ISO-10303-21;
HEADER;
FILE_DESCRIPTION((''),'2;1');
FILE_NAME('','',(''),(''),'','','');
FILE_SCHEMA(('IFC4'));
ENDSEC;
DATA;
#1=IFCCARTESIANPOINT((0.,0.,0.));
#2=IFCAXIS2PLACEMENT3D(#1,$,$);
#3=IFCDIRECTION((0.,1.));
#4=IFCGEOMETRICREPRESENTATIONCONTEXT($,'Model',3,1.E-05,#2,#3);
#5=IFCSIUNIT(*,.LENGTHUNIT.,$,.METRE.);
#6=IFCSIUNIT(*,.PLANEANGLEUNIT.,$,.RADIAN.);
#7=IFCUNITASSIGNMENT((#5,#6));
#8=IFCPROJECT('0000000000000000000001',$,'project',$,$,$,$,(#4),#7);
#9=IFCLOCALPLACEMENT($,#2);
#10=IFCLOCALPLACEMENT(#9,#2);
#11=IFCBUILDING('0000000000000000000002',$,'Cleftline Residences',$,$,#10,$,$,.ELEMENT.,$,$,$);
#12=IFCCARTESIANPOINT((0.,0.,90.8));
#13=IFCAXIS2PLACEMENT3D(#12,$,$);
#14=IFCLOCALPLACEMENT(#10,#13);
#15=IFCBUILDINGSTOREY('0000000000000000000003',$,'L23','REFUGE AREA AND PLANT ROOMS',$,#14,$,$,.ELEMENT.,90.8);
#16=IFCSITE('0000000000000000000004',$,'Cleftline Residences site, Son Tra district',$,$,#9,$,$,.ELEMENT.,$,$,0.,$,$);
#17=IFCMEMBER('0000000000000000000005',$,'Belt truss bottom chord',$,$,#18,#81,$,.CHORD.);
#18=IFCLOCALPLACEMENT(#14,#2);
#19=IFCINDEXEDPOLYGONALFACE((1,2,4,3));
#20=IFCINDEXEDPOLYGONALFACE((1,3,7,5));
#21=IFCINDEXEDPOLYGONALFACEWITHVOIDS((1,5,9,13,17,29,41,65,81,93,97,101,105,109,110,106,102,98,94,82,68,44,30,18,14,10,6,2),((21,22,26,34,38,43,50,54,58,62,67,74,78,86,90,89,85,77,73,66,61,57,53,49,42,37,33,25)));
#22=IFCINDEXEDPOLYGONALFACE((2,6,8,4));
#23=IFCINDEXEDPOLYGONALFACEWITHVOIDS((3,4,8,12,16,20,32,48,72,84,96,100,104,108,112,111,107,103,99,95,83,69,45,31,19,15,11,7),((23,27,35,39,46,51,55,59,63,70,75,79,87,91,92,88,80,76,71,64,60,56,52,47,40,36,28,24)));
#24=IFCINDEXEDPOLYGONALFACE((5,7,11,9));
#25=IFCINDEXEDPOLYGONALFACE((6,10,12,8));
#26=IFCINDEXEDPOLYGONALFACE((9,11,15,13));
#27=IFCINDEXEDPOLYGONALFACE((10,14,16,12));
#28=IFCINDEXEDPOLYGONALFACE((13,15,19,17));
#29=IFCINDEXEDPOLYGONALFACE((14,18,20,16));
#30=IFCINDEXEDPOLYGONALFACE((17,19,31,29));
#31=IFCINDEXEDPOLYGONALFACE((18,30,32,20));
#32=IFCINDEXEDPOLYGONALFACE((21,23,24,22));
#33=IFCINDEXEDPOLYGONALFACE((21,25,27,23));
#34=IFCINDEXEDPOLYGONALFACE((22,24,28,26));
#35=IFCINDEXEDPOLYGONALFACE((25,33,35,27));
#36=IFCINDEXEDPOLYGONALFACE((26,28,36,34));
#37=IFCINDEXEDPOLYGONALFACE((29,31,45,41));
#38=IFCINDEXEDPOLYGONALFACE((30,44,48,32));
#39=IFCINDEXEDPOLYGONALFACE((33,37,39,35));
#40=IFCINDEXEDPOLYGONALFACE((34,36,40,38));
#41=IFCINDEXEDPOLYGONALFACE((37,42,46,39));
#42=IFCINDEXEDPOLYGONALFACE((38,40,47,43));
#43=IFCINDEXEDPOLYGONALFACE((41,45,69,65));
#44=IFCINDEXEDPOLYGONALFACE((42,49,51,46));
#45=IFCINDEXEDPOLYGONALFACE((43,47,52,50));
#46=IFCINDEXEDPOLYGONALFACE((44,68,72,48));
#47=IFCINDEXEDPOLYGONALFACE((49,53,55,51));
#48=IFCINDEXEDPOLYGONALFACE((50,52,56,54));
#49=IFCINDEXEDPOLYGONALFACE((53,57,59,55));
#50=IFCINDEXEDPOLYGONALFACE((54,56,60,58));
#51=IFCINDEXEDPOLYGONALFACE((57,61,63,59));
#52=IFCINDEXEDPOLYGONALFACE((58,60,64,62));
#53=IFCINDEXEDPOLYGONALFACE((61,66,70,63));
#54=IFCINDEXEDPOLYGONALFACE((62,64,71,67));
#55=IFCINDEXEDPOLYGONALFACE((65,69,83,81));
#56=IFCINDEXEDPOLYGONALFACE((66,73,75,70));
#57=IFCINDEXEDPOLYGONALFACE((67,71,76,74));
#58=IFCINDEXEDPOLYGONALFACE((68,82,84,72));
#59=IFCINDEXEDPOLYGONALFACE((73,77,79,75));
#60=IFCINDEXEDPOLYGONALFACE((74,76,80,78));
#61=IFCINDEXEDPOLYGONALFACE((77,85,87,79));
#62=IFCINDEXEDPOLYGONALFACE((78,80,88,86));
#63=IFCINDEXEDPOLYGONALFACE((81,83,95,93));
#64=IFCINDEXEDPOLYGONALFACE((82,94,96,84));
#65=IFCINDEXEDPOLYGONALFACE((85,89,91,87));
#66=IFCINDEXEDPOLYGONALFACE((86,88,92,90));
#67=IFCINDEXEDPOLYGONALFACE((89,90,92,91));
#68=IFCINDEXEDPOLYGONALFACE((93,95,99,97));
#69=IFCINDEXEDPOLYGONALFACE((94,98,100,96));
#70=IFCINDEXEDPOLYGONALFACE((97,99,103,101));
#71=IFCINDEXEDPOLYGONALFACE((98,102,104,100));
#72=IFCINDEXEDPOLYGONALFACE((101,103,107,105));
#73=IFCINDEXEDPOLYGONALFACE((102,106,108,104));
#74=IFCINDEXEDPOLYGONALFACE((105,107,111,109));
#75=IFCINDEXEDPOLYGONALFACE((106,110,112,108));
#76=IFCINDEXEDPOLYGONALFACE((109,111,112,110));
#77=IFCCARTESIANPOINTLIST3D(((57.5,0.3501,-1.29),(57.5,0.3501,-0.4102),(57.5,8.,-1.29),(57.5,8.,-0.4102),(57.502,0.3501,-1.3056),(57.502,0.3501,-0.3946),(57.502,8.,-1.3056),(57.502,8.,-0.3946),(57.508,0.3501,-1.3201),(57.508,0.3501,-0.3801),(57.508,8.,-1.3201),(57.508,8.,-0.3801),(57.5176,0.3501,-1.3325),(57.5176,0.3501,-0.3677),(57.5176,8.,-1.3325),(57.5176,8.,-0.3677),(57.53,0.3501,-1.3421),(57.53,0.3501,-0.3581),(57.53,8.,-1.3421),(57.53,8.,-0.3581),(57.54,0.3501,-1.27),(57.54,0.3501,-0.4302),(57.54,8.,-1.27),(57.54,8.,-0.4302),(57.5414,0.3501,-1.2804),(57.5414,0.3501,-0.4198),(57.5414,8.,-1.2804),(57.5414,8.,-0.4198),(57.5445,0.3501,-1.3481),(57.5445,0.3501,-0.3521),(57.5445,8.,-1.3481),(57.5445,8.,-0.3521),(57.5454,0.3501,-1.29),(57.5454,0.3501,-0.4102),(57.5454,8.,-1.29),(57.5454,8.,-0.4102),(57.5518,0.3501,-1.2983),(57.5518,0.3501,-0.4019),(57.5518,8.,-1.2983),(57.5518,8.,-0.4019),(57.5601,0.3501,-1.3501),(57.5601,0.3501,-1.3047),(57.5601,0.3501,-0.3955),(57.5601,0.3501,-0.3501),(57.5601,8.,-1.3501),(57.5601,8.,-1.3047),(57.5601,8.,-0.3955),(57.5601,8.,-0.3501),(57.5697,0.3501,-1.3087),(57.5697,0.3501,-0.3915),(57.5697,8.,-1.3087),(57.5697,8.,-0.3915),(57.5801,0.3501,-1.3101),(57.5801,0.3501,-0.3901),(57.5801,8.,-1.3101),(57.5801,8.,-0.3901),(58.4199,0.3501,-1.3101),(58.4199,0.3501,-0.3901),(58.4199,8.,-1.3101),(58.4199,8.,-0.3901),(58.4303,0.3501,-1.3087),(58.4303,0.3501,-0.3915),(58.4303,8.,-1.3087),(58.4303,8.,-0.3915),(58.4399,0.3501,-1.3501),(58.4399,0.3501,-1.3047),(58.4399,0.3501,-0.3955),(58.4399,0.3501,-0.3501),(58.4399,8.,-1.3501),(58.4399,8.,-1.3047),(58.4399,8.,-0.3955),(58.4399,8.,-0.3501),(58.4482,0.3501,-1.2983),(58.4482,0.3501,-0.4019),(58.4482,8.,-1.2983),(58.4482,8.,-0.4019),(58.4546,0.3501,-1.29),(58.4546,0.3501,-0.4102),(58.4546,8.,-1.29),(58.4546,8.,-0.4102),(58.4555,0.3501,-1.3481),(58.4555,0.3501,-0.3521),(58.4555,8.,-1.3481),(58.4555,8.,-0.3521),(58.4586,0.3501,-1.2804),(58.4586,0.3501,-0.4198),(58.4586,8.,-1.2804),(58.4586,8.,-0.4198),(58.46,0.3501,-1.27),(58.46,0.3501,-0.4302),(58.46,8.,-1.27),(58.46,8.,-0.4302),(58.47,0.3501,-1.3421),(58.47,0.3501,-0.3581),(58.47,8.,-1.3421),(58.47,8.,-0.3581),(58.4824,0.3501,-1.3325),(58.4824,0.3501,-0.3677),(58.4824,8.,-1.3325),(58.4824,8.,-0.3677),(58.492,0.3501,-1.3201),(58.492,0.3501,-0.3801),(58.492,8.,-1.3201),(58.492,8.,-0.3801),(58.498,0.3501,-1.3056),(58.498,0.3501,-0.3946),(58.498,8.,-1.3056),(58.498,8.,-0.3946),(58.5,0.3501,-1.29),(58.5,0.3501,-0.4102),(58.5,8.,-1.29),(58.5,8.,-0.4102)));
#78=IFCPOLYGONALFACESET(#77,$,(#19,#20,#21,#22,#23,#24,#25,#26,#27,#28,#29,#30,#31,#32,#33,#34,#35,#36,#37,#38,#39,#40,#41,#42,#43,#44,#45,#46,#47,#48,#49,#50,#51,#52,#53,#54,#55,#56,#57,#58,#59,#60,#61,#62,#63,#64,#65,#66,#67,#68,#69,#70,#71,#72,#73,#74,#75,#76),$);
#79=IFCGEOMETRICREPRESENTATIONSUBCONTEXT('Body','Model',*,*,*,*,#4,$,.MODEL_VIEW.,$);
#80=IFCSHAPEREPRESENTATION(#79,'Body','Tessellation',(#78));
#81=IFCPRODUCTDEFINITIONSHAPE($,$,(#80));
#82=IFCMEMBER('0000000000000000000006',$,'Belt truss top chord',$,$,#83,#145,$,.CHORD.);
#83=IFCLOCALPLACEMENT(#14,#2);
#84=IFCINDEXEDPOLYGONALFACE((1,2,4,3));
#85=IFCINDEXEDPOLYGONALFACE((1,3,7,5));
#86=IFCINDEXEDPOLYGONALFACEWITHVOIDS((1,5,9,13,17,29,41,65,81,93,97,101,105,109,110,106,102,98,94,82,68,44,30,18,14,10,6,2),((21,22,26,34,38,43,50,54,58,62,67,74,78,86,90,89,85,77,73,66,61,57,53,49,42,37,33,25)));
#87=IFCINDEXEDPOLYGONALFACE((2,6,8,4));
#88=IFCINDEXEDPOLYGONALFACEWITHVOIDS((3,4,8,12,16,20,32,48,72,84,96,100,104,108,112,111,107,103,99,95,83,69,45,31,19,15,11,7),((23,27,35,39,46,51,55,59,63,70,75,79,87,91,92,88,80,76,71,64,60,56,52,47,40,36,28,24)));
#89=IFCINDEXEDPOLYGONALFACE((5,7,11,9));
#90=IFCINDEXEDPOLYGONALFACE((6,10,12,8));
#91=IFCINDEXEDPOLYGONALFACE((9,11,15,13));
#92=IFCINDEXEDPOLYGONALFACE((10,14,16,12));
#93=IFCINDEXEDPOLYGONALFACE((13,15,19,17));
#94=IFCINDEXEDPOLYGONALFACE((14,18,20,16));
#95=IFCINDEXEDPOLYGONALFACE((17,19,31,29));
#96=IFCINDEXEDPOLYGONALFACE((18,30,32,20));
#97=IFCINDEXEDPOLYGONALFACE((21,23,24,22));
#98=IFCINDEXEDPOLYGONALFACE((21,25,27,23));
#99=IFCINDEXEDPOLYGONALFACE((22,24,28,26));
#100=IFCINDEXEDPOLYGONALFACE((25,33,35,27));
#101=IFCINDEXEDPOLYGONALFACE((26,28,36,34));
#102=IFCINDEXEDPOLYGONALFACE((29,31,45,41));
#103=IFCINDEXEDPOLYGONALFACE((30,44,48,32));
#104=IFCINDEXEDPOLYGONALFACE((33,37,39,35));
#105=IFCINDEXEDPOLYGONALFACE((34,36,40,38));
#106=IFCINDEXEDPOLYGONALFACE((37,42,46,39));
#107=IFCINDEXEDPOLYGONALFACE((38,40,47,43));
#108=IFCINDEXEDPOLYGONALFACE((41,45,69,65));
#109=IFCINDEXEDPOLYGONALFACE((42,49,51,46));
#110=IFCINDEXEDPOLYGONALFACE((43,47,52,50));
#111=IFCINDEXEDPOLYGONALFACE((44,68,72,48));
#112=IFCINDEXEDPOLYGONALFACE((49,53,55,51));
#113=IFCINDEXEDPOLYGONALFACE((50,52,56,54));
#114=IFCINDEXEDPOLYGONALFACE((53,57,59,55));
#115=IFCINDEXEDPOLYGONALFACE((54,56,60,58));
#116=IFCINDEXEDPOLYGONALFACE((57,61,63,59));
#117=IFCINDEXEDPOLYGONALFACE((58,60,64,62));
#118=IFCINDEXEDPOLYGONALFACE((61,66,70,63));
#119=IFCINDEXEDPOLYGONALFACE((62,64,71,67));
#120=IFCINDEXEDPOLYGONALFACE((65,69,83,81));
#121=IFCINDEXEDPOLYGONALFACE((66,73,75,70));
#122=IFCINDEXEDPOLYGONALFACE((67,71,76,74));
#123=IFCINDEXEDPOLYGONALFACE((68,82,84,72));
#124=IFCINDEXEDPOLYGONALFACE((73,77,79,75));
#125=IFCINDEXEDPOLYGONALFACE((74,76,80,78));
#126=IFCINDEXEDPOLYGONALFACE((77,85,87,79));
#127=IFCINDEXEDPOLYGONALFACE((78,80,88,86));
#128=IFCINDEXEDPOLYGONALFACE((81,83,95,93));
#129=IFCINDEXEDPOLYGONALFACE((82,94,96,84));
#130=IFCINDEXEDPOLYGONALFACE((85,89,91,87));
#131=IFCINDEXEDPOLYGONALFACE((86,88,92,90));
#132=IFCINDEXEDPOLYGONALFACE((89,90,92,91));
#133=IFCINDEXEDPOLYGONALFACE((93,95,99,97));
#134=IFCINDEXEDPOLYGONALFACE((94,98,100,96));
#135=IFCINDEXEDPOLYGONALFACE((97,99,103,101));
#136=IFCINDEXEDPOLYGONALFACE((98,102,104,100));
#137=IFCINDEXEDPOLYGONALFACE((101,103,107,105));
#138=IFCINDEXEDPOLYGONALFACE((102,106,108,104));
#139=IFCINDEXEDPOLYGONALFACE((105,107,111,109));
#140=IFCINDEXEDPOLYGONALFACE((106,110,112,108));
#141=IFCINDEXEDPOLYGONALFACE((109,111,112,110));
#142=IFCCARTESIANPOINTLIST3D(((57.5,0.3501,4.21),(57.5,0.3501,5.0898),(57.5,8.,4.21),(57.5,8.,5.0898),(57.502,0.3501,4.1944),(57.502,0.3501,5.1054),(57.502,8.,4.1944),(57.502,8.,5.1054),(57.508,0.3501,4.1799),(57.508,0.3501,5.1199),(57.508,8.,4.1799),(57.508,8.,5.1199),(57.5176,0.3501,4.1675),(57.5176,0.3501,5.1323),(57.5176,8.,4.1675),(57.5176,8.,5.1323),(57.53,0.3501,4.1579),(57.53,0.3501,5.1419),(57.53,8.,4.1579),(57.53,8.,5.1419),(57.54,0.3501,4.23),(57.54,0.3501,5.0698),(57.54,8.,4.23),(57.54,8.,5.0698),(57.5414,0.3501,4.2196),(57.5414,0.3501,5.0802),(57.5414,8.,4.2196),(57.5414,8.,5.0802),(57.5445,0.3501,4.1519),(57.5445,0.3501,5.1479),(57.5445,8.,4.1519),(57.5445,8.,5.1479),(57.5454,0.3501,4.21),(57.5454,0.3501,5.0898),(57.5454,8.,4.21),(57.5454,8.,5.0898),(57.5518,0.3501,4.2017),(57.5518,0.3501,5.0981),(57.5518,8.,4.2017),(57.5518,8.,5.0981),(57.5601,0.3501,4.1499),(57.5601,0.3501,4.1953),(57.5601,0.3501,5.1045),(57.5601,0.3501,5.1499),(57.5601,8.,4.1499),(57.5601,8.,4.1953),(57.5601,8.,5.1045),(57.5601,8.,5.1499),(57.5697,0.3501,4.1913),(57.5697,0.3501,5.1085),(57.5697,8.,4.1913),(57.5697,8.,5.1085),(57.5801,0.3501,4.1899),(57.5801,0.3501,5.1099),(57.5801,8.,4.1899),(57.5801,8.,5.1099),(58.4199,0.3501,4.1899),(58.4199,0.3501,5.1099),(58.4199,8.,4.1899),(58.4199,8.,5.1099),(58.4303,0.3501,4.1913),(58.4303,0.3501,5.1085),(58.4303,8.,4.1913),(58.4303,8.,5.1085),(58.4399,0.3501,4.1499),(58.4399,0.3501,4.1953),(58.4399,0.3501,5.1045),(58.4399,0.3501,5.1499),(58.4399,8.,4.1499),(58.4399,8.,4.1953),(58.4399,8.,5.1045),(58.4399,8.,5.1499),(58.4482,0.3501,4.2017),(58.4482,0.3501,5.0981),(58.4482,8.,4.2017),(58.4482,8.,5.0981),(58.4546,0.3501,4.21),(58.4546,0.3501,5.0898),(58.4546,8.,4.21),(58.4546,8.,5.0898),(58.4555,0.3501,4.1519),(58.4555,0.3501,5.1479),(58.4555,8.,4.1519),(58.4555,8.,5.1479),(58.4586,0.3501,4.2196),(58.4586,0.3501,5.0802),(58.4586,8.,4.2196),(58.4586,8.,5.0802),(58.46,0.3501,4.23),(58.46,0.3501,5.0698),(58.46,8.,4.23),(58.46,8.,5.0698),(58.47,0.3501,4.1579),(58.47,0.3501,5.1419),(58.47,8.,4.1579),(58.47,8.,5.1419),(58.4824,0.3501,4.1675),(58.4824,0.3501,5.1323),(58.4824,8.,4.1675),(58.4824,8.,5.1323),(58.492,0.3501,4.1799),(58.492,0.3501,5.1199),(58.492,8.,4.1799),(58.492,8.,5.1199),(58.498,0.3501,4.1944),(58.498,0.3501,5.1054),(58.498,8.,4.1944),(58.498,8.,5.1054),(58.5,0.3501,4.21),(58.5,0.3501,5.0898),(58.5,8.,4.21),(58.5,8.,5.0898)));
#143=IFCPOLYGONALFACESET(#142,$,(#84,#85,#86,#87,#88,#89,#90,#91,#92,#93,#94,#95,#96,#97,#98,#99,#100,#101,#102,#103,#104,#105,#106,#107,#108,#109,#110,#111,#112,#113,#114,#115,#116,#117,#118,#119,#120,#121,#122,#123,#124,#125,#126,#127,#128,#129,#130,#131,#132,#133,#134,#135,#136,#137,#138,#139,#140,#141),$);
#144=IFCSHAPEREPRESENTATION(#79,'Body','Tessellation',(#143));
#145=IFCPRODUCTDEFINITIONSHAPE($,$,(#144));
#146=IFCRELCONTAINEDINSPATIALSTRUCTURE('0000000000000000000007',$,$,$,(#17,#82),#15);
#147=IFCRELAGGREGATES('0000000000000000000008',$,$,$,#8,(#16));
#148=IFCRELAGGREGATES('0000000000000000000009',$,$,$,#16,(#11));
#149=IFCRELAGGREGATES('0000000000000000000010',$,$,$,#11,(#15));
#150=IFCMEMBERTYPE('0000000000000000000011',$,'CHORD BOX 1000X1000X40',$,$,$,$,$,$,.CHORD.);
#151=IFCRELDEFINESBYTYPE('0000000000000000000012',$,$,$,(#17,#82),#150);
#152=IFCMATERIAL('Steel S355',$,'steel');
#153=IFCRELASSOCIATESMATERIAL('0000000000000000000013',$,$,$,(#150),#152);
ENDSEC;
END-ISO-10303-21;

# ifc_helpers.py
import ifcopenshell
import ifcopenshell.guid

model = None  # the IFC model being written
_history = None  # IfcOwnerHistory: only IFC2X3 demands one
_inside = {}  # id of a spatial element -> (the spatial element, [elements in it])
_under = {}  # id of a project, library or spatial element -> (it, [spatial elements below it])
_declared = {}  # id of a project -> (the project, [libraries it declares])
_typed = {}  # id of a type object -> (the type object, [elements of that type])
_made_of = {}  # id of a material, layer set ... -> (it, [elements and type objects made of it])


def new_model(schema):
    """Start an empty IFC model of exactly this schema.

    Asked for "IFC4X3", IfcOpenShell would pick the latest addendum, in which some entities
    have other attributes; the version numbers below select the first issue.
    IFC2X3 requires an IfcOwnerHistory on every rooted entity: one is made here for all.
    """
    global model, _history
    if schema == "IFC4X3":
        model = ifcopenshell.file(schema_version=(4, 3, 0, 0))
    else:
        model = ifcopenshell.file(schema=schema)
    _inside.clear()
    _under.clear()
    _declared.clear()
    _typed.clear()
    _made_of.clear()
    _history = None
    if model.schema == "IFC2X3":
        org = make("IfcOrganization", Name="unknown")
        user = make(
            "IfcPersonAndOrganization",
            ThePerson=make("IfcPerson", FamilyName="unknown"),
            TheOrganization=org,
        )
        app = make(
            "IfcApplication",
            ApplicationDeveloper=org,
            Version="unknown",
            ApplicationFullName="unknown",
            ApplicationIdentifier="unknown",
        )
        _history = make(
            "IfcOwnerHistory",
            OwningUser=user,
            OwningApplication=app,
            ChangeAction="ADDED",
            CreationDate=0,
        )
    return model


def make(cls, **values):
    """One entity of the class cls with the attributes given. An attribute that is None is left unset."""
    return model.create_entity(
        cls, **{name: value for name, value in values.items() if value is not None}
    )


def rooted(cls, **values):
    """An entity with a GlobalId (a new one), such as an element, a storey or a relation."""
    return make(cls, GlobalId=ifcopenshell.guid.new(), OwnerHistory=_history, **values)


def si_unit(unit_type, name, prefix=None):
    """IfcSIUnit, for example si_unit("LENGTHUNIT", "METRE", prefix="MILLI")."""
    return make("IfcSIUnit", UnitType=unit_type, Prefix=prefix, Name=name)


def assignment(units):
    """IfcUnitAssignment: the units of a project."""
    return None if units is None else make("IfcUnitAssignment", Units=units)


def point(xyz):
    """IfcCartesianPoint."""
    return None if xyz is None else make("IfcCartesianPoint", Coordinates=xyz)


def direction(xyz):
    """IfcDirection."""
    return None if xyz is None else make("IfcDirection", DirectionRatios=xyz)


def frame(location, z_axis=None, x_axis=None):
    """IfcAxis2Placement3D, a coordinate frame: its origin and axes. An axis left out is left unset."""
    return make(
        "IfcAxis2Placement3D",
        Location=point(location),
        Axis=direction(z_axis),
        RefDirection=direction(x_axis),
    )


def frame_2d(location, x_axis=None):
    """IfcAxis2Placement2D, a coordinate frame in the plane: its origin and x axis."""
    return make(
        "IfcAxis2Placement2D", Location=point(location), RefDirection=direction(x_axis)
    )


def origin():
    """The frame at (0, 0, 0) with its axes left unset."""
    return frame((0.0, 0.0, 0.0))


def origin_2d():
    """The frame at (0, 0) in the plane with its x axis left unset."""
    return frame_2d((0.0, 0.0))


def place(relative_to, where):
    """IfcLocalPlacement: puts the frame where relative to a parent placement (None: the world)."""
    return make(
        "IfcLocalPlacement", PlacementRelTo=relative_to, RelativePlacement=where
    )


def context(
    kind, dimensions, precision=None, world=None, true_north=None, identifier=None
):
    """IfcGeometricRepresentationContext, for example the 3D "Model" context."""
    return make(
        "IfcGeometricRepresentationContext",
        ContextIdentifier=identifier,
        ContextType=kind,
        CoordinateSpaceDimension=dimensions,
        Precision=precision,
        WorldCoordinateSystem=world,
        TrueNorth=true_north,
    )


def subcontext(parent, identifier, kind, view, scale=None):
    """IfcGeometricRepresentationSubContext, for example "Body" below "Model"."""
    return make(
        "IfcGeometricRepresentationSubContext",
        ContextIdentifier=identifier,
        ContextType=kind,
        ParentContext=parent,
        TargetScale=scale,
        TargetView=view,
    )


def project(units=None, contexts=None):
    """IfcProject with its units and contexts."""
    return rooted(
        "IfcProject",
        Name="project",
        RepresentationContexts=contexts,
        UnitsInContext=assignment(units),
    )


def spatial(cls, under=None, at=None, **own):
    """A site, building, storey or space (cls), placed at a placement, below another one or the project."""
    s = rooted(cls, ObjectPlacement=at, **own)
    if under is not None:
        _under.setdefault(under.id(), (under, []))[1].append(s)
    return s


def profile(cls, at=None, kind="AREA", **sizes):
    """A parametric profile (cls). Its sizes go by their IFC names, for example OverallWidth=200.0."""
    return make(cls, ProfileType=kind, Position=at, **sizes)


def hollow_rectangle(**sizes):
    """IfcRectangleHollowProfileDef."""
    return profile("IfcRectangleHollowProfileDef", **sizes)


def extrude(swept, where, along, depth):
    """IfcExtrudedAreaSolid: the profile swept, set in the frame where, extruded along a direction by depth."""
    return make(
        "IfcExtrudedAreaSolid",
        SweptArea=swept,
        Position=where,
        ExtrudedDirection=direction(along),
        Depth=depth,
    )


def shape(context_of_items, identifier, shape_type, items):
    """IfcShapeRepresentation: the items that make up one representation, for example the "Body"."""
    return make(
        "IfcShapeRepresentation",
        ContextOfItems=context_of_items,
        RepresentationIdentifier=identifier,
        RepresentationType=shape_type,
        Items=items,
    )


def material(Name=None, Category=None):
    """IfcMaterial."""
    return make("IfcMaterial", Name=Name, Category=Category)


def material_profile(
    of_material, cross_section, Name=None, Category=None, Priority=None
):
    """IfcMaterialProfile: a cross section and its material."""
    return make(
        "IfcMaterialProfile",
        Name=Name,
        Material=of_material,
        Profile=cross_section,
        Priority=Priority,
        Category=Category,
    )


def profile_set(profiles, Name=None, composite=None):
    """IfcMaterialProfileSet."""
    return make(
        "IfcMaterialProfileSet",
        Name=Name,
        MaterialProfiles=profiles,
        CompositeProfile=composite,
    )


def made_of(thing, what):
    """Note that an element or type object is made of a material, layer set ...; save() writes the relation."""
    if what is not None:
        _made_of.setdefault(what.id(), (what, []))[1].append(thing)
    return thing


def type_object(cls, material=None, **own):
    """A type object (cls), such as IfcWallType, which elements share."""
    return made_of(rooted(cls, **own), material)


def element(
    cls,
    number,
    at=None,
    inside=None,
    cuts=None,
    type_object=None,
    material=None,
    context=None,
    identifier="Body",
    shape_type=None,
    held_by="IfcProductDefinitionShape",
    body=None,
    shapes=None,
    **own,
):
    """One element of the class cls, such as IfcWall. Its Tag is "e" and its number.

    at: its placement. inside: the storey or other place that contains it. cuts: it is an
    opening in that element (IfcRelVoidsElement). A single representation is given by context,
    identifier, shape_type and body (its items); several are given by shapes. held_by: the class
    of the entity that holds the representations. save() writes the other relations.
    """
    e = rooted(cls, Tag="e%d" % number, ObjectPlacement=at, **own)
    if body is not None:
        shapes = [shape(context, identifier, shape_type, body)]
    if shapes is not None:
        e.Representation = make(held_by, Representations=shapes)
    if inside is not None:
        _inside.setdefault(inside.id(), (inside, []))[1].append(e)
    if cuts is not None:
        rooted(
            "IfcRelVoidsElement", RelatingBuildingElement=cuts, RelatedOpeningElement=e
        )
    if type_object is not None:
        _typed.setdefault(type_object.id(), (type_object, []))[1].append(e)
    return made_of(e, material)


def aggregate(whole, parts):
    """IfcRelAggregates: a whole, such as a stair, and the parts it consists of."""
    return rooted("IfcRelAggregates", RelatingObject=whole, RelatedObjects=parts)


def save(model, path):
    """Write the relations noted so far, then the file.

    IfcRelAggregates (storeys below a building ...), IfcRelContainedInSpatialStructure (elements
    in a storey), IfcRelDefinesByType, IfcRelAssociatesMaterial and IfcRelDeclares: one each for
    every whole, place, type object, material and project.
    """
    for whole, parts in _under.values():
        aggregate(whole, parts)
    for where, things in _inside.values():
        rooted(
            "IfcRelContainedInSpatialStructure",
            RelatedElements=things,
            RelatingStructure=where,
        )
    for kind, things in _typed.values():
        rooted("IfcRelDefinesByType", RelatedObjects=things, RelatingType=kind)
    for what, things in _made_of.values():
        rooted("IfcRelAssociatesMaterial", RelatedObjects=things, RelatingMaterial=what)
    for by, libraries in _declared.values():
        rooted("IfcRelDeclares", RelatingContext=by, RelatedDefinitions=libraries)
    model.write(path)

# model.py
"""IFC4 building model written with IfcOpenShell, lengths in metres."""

from ifc_helpers import new_model, si_unit, direction, frame, origin, origin_2d, place, context, subcontext, project, spatial, hollow_rectangle, extrude, material, material_profile, profile_set, type_object, element, save


model = new_model("IFC4")

# Units and contexts
model_context = context("Model", 3, precision=1e-05, world=origin(), true_north=direction((0.0, 1.0)))
body_context = subcontext(model_context, "Body", "Model", "MODEL_VIEW")
ifc_project = project(units=[si_unit("LENGTHUNIT", "METRE"), si_unit("PLANEANGLEUNIT", "RADIAN")], contexts=[model_context])

# Site, building, storey
site_placement = place(None, origin())
site = spatial("IfcSite", under=ifc_project, at=site_placement, Name="Cleftline Residences site, Son Tra district", CompositionType="ELEMENT", RefElevation=0.0)
building_placement = place(site_placement, origin())
building = spatial("IfcBuilding", under=site, at=building_placement, Name="Cleftline Residences", CompositionType="ELEMENT")
storey_placement = place(building_placement, frame((0.0, 0.0, 90.8)))
storey = spatial("IfcBuildingStorey", under=building, at=storey_placement, Name="L23", Description="REFUGE AREA AND PLANT ROOMS", CompositionType="ELEMENT", Elevation=90.8)

# Members
ifc_material_1 = material(Name="Steel S355", Category="steel")
ifc_material_profile_1 = material_profile(ifc_material_1, hollow_rectangle(XDim=1.0, YDim=1.0, WallThickness=0.04, InnerFilletRadius=0.04, OuterFilletRadius=0.0601, at=origin_2d()))
ifc_profile_set_1 = profile_set([ifc_material_profile_1], Name="Steel S355")
member_type_1 = type_object("IfcMemberType", Name="CHORD BOX 1000X1000X40", PredefinedType="CHORD", material=ifc_profile_set_1)
for number, where, z_axis, x_axis, name in (
    (1, (58.0, 0.3501, -0.8501), (0.0, 1.0, 0.0), (-1.0, 0.0, 0.0), "Belt truss bottom chord"),
    (2, (58.0, 0.3501, 4.6499), (0.0, 1.0, 0.0), (-1.0, 0.0, 0.0), "Belt truss top chord"),
):
    element("IfcMember", number, at=place(storey_placement, frame(where, z_axis=z_axis, x_axis=x_axis)), inside=storey, type_object=member_type_1, Name=name, PredefinedType="CHORD", context=body_context, shape_type="SweptSolid", body=[
        extrude(hollow_rectangle(XDim=1.0, YDim=1.0, WallThickness=0.04, InnerFilletRadius=0.04, OuterFilletRadius=0.0601, at=origin_2d()), origin(), (0.0, 0.0, 1.0), 7.6499),
    ])

save(model, "model.ifc")
